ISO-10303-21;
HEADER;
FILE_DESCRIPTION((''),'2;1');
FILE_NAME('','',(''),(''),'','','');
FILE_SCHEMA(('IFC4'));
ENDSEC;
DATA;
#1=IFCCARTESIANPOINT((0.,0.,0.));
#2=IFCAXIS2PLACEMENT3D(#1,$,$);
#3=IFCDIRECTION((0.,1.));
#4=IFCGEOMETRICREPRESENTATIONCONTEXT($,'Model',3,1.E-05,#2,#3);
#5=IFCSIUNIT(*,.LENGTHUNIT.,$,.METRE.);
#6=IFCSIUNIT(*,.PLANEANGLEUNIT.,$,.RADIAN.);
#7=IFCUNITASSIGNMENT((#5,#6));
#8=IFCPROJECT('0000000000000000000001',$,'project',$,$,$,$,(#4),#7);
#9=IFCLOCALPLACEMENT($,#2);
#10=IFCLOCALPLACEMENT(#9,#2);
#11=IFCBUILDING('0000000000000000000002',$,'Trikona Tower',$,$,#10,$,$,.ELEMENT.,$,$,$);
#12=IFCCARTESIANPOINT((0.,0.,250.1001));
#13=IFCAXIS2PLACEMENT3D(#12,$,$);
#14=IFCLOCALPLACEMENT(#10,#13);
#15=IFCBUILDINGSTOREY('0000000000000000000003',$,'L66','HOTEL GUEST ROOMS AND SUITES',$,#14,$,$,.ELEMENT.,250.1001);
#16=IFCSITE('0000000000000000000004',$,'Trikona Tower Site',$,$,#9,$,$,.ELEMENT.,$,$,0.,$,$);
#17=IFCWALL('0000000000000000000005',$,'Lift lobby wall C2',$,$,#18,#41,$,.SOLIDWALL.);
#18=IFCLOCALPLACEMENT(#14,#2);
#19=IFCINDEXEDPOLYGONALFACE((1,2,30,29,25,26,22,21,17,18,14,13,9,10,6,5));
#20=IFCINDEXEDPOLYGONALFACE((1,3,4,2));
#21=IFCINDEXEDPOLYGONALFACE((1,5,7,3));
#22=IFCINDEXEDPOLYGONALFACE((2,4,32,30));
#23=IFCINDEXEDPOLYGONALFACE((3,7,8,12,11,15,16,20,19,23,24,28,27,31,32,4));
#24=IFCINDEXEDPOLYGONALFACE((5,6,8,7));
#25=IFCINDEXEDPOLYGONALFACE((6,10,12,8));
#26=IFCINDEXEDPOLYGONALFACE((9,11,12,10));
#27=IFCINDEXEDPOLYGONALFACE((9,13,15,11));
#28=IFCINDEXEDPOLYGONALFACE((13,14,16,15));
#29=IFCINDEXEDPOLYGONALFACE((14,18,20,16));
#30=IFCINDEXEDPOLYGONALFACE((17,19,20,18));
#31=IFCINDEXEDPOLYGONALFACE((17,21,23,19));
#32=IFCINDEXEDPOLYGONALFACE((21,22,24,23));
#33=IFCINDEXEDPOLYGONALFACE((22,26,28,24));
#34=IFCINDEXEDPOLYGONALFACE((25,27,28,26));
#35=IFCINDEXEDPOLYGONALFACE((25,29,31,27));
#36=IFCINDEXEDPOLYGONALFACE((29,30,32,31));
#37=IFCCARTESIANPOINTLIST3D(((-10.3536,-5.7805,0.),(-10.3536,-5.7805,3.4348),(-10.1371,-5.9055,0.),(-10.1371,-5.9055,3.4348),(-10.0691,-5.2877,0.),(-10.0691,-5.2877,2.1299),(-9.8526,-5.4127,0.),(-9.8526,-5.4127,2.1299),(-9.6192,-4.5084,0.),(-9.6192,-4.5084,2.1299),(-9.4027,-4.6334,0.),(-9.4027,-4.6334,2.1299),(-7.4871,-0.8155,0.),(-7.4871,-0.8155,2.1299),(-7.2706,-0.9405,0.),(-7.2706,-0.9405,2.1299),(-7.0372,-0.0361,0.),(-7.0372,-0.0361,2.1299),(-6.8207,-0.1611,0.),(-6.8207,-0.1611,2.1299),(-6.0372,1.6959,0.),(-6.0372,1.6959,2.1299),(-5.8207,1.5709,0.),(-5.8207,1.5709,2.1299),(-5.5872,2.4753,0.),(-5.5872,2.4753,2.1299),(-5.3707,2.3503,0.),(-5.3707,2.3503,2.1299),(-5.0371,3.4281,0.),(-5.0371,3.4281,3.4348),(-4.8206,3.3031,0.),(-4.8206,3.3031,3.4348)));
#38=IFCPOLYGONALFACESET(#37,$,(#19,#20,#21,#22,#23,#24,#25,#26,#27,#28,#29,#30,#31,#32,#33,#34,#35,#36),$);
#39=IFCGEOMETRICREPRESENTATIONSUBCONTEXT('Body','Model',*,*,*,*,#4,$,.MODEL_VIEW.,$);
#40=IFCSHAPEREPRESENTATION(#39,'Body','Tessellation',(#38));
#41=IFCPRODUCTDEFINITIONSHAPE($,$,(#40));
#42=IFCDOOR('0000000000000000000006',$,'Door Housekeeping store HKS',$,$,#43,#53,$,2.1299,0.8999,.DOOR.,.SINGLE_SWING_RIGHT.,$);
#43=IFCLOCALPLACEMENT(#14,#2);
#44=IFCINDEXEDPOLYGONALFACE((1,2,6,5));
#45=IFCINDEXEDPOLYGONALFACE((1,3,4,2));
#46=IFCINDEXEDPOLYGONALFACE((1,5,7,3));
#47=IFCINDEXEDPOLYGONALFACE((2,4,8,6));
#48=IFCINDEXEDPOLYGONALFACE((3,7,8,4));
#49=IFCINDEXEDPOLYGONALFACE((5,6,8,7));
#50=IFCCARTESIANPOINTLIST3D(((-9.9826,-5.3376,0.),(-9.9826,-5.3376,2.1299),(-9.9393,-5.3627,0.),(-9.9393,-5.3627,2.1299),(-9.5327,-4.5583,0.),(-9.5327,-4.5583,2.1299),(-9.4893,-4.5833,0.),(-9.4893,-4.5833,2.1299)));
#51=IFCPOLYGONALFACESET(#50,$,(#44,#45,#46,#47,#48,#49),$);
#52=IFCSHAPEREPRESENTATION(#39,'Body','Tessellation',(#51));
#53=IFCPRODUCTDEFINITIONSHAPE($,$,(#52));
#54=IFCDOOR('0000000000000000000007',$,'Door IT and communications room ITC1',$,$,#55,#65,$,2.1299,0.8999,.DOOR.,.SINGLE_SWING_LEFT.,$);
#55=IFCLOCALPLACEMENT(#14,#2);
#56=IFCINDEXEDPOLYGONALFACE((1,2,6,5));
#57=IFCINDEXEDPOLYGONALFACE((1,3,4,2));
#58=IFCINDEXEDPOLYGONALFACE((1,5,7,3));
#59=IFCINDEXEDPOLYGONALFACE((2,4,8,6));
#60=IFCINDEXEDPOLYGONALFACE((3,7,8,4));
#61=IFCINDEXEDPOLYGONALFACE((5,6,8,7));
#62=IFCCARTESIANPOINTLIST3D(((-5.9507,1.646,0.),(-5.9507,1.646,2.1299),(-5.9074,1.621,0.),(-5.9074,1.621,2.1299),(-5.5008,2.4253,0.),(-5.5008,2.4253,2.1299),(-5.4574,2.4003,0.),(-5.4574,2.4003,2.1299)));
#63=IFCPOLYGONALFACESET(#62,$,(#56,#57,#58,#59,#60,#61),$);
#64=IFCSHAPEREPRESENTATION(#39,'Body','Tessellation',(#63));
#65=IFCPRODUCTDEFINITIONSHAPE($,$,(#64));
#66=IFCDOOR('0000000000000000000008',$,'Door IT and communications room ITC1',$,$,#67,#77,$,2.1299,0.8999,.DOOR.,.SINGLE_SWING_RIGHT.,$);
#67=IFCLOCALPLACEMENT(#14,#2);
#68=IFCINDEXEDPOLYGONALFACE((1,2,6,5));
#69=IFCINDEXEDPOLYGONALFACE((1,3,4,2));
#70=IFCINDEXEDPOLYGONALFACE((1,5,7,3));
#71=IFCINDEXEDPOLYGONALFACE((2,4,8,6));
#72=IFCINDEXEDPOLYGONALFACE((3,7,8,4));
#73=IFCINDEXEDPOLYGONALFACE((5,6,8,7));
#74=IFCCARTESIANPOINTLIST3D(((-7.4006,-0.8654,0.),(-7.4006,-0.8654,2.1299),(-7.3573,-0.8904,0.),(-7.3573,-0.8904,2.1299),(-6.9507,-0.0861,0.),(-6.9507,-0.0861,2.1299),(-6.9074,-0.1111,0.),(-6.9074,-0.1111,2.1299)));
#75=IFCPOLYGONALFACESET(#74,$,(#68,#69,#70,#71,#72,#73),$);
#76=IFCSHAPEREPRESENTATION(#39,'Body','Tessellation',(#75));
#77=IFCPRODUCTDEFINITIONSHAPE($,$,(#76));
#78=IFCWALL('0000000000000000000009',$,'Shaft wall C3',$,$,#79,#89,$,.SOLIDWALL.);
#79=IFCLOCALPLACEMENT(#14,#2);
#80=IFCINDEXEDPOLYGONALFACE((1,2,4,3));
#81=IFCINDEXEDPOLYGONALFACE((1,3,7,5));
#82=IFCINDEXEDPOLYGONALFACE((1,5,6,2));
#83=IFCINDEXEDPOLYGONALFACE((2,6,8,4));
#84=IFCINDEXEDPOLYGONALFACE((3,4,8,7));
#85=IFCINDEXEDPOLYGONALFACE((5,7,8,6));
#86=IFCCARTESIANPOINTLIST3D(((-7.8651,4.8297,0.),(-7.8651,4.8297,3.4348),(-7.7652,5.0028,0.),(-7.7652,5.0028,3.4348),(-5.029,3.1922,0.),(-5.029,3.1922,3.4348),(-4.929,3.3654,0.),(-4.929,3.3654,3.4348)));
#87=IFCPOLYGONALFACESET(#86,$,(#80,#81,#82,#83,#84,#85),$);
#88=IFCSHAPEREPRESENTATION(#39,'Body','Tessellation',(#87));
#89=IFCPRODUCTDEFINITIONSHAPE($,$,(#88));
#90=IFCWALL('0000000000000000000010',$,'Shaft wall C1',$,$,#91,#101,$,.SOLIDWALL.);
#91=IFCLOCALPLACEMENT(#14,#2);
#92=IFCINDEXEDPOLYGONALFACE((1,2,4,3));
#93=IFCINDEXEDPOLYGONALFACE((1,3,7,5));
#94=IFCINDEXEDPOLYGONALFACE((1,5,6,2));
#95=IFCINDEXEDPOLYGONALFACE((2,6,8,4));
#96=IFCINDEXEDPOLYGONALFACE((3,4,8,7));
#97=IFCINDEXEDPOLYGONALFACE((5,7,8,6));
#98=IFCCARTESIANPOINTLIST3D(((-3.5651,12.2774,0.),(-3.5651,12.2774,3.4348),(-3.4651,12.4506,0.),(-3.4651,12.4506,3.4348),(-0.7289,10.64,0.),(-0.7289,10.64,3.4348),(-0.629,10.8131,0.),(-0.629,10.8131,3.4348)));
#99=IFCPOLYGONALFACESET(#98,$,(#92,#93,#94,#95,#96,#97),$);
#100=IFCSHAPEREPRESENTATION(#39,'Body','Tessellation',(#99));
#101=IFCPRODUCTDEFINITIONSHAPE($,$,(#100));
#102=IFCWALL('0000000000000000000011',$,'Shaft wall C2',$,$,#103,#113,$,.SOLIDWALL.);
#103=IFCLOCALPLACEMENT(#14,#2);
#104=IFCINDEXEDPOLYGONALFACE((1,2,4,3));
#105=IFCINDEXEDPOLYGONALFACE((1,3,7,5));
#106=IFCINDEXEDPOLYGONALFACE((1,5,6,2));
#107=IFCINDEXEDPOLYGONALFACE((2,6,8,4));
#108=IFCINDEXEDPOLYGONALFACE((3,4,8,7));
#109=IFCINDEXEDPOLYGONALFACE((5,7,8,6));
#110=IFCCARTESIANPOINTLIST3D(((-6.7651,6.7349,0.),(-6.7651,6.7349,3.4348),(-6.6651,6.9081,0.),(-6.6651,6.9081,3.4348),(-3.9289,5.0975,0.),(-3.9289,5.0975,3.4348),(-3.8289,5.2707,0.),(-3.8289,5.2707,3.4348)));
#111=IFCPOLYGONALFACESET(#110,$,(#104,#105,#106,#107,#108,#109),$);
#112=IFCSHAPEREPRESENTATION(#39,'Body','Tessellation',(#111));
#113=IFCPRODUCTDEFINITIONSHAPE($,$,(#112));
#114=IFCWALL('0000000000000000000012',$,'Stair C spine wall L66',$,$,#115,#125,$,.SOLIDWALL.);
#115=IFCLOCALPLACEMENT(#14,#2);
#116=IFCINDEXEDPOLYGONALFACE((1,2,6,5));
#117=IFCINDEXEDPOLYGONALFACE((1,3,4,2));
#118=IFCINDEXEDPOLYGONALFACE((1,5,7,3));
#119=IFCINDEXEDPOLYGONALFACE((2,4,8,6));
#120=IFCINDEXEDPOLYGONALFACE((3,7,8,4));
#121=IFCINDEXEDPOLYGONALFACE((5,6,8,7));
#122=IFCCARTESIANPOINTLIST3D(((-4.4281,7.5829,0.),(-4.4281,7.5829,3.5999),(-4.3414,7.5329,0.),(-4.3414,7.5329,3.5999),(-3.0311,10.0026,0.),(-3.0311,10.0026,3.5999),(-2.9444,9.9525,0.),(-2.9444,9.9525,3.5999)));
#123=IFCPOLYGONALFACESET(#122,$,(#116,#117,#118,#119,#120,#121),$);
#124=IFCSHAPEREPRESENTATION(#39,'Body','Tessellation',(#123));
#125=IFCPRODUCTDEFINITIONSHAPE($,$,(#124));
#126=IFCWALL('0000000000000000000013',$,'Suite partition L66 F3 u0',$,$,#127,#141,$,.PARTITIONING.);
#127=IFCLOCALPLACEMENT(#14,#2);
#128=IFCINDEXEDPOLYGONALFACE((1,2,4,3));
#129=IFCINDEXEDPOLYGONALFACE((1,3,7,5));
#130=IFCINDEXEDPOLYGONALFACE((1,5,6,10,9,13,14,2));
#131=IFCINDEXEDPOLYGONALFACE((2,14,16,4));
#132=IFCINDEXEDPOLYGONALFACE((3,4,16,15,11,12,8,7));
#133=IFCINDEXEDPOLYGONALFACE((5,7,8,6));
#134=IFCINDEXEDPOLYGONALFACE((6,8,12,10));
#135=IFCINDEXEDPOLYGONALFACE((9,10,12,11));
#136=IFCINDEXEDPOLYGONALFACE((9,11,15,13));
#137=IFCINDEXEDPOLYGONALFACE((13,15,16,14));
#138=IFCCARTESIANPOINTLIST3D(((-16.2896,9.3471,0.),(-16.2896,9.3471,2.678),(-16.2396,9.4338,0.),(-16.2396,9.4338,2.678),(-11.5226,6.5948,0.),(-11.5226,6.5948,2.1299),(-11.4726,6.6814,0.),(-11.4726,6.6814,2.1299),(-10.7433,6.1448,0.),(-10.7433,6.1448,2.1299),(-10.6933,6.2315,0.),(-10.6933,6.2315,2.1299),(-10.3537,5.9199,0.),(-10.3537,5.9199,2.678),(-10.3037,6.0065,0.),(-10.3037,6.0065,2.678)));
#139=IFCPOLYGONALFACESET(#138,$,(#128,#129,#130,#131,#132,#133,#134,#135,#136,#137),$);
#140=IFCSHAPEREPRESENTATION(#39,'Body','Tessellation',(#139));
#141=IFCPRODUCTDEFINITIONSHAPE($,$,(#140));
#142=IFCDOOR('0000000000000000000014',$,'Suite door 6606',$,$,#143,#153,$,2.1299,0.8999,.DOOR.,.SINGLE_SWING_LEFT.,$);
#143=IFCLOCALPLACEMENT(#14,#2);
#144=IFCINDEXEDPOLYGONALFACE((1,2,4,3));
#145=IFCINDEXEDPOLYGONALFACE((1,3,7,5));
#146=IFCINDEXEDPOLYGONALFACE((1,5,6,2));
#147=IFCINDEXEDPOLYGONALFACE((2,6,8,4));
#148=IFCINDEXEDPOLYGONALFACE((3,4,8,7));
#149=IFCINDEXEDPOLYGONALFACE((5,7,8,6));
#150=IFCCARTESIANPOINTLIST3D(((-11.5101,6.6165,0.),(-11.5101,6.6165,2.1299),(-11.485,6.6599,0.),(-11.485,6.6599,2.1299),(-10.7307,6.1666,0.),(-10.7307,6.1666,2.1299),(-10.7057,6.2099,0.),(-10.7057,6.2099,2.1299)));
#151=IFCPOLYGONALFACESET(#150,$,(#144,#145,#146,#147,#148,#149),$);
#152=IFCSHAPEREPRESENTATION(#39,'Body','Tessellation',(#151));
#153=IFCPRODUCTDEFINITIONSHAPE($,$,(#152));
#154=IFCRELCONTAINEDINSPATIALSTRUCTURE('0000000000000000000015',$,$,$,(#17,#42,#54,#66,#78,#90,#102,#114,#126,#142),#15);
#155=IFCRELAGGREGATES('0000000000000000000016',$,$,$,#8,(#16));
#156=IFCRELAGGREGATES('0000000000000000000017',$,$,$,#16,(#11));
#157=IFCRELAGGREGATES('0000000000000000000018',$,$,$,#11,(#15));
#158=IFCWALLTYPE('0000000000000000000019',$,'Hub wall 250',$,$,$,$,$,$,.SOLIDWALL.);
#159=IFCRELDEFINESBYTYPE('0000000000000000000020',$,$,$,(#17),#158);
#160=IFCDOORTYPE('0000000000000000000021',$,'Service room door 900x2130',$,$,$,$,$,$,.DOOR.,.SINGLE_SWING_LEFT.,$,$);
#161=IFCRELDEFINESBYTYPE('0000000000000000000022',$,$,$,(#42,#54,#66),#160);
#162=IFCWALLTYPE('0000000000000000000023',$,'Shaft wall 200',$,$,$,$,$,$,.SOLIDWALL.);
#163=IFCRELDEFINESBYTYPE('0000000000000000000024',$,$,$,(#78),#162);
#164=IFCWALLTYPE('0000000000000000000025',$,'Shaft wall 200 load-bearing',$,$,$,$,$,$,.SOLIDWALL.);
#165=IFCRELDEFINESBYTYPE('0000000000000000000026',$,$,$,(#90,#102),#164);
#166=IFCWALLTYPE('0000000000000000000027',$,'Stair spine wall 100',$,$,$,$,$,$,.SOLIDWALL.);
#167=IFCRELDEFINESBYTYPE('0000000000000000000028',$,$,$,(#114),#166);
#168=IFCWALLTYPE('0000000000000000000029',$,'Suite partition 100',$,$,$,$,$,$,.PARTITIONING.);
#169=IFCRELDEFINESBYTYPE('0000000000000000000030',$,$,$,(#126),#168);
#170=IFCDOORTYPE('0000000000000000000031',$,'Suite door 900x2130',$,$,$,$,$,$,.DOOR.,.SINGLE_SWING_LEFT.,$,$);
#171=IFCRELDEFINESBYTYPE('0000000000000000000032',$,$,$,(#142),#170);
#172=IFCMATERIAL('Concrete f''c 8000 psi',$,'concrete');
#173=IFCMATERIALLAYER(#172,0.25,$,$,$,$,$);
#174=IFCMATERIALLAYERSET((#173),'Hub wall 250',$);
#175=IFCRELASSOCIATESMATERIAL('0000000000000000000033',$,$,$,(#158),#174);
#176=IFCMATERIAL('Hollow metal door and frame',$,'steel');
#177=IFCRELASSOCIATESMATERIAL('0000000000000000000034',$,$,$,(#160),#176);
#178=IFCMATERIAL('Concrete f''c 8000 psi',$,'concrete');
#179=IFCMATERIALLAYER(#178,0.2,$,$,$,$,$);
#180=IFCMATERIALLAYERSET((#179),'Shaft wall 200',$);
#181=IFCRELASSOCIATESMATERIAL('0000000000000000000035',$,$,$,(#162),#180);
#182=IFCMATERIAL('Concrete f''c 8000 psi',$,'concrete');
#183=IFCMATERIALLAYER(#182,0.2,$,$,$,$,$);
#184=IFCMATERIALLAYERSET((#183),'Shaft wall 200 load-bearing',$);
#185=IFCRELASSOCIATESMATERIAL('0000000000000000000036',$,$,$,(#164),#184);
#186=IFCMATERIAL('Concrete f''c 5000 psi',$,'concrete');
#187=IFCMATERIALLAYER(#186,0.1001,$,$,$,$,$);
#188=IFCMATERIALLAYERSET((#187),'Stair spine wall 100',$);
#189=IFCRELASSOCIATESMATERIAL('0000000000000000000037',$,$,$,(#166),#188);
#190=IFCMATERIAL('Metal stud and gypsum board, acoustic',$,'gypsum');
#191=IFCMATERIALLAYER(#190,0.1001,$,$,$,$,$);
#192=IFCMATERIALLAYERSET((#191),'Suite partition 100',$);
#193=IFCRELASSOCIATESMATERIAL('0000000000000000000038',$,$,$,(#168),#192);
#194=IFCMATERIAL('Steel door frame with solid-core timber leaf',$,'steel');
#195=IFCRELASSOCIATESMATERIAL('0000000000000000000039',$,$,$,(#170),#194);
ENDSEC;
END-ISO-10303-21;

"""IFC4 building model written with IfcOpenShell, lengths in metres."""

from ifc_helpers import new_model, si_unit, direction, frame, frame_2d, origin, place, context, subcontext, project, spatial, rectangle, extrude, material, layer, layer_set, type_object, element, fill, save


model = new_model("IFC4")

# Units and contexts
model_context = context("Model", 3, precision=1e-05, world=origin(), true_north=direction((0.0, 1.0)))
body_context = subcontext(model_context, "Body", "Model", "MODEL_VIEW")
ifc_project = project(units=[si_unit("LENGTHUNIT", "METRE"), si_unit("PLANEANGLEUNIT", "RADIAN")], contexts=[model_context])

# Site, building, storey
site_placement = place(None, origin())
site = spatial("IfcSite", under=ifc_project, at=site_placement, Name="Trikona Tower Site", CompositionType="ELEMENT", RefElevation=0.0)
building_placement = place(site_placement, origin())
building = spatial("IfcBuilding", under=site, at=building_placement, Name="Trikona Tower", CompositionType="ELEMENT")
storey_placement = place(building_placement, frame((0.0, 0.0, 250.1001)))
storey = spatial("IfcBuildingStorey", under=building, at=storey_placement, Name="L66", Description="HOTEL GUEST ROOMS AND SUITES", CompositionType="ELEMENT", Elevation=250.1001)

# Wall, openings, doors
ifc_material_1 = material(Name="Concrete f'c 8000 psi", Category="concrete")
ifc_layer_1 = layer(ifc_material_1, 0.25)
ifc_layer_set_1 = layer_set([ifc_layer_1], Name="Hub wall 250")
wall_type_1 = type_object("IfcWallType", Name="Hub wall 250", PredefinedType="SOLIDWALL", material=ifc_layer_set_1)
wall_1_placement = place(storey_placement, frame((-4.929, 3.3655, 0.0), z_axis=(0.0, 0.0, 1.0), x_axis=(-0.499991, -0.86603, 0.0)))
wall_1 = element("IfcWall", 1, at=wall_1_placement, inside=storey, type_object=wall_type_1, Name="Lift lobby wall C2", PredefinedType="SOLIDWALL", context=body_context, shape_type="SweptSolid", body=[
    extrude(rectangle(XDim=10.6331, YDim=0.25, at=frame_2d((5.3164, 0.0))), origin(), (0.0, 0.0, 1.0), 3.4348),
])
opening_1_placement = place(wall_1_placement, frame((9.1641, 0.0, 0.0)))
opening_1 = element("IfcOpeningElement", 2, at=opening_1_placement, cuts=wall_1, PredefinedType="OPENING", context=body_context, shape_type="SweptSolid", body=[
    extrude(rectangle(XDim=0.8999, YDim=2.1299, at=frame_2d((0.45, 1.0649))), frame((0.0, 0.135, 0.0), z_axis=(0.0, -1.0, 0.0), x_axis=(1.0, 0.0, 0.0)), (0.0, 0.0, 1.0), 0.27),
])
opening_2_placement = place(wall_1_placement, frame((1.1001, 0.0, 0.0)))
opening_2 = element("IfcOpeningElement", 3, at=opening_2_placement, cuts=wall_1, PredefinedType="OPENING", context=body_context, shape_type="SweptSolid", body=[
    extrude(rectangle(XDim=0.8999, YDim=2.1299, at=frame_2d((0.45, 1.0649))), frame((0.0, 0.135, 0.0), z_axis=(0.0, -1.0, 0.0), x_axis=(1.0, 0.0, 0.0)), (0.0, 0.0, 1.0), 0.27),
])
opening_3_placement = place(wall_1_placement, frame((4.0, 0.0, 0.0)))
opening_3 = element("IfcOpeningElement", 4, at=opening_3_placement, cuts=wall_1, PredefinedType="OPENING", context=body_context, shape_type="SweptSolid", body=[
    extrude(rectangle(XDim=0.8999, YDim=2.1299, at=frame_2d((0.45, 1.0649))), frame((0.0, 0.135, 0.0), z_axis=(0.0, -1.0, 0.0), x_axis=(1.0, 0.0, 0.0)), (0.0, 0.0, 1.0), 0.27),
])
ifc_material_2 = material(Name="Hollow metal door and frame", Category="steel")
door_type_1 = type_object("IfcDoorType", Name="Service room door 900x2130", OperationType="SINGLE_SWING_LEFT", PredefinedType="DOOR", material=ifc_material_2)
door_1_placement = place(opening_1_placement, origin())
door_1 = element("IfcDoor", 5, at=door_1_placement, inside=storey, type_object=door_type_1, Name="Door Housekeeping store HKS", OperationType="SINGLE_SWING_RIGHT", OverallHeight=2.1299, OverallWidth=0.8999, PredefinedType="DOOR", context=body_context, shape_type="SweptSolid", body=[
    extrude(rectangle(XDim=0.8999, YDim=2.1299, at=frame_2d((0.45, 1.0649))), frame((0.0, 0.0249, 0.0), z_axis=(0.0, -1.0, 0.0), x_axis=(1.0, 0.0, 0.0)), (0.0, 0.0, 1.0), 0.05),
])
fill(opening_1, door_1)
door_2_placement = place(opening_2_placement, origin())
door_2 = element("IfcDoor", 6, at=door_2_placement, inside=storey, type_object=door_type_1, Name="Door IT and communications room ITC1", OperationType="SINGLE_SWING_LEFT", OverallHeight=2.1299, OverallWidth=0.8999, PredefinedType="DOOR", context=body_context, shape_type="SweptSolid", body=[
    extrude(rectangle(XDim=0.8999, YDim=2.1299, at=frame_2d((0.45, 1.0649))), frame((0.0, 0.0249, 0.0), z_axis=(0.0, -1.0, 0.0), x_axis=(1.0, 0.0, 0.0)), (0.0, 0.0, 1.0), 0.05),
])
fill(opening_2, door_2)
door_3_placement = place(opening_3_placement, origin())
door_3 = element("IfcDoor", 7, at=door_3_placement, inside=storey, type_object=door_type_1, Name="Door IT and communications room ITC1", OperationType="SINGLE_SWING_RIGHT", OverallHeight=2.1299, OverallWidth=0.8999, PredefinedType="DOOR", context=body_context, shape_type="SweptSolid", body=[
    extrude(rectangle(XDim=0.8999, YDim=2.1299, at=frame_2d((0.45, 1.0649))), frame((0.0, 0.0249, 0.0), z_axis=(0.0, -1.0, 0.0), x_axis=(1.0, 0.0, 0.0)), (0.0, 0.0, 1.0), 0.05),
])
fill(opening_3, door_3)

# Walls
ifc_material_3 = material(Name="Concrete f'c 8000 psi", Category="concrete")
ifc_layer_2 = layer(ifc_material_3, 0.2)
ifc_layer_set_2 = layer_set([ifc_layer_2], Name="Shaft wall 200")
wall_type_2 = type_object("IfcWallType", Name="Shaft wall 200", PredefinedType="SOLIDWALL", material=ifc_layer_set_2)
wall_2_placement = place(storey_placement, frame((-4.979, 3.2788, 0.0), z_axis=(0.0, 0.0, 1.0), x_axis=(-0.866028, 0.499996, 0.0)))
element("IfcWall", 8, at=wall_2_placement, inside=storey, type_object=wall_type_2, Name="Shaft wall C3", PredefinedType="SOLIDWALL", context=body_context, shape_type="SweptSolid", body=[
    extrude(rectangle(XDim=3.2749, YDim=0.2, at=frame_2d((1.6375, 0.0))), origin(), (0.0, 0.0, 1.0), 3.4348),
])
ifc_material_4 = material(Name="Concrete f'c 8000 psi", Category="concrete")
ifc_layer_3 = layer(ifc_material_4, 0.2)
ifc_layer_set_3 = layer_set([ifc_layer_3], Name="Shaft wall 200 load-bearing")
wall_type_3 = type_object("IfcWallType", Name="Shaft wall 200 load-bearing", PredefinedType="SOLIDWALL", material=ifc_layer_set_3)
for number, where, z_axis, x_axis, name in (
    (9, (-0.679, 10.7266, 0.0), (0.0, 0.0, 1.0), (-0.866028, 0.499996, 0.0), "Shaft wall C1"),
    (10, (-3.8789, 5.1841, 0.0), (0.0, 0.0, 1.0), (-0.866028, 0.499996, 0.0), "Shaft wall C2"),
):
    element("IfcWall", number, at=place(storey_placement, frame(where, z_axis=z_axis, x_axis=x_axis)), inside=storey, type_object=wall_type_3, Name=name, PredefinedType="SOLIDWALL", context=body_context, shape_type="SweptSolid", body=[
        extrude(rectangle(XDim=3.2749, YDim=0.2, at=frame_2d((1.6375, 0.0))), origin(), (0.0, 0.0, 1.0), 3.4348),
    ])
ifc_material_5 = material(Name="Concrete f'c 5000 psi", Category="concrete")
ifc_layer_4 = layer(ifc_material_5, 0.1001)
ifc_layer_set_4 = layer_set([ifc_layer_4], Name="Stair spine wall 100")
wall_type_4 = type_object("IfcWallType", Name="Stair spine wall 100", PredefinedType="SOLIDWALL", material=ifc_layer_set_4)
wall_3_placement = place(storey_placement, frame((-2.9878, 9.9775, 0.0), z_axis=(0.0, 0.0, 1.0), x_axis=(-0.499992, -0.86603, 0.0)))
element("IfcWall", 11, at=wall_3_placement, inside=storey, type_object=wall_type_4, Name="Stair C spine wall L66", PredefinedType="SOLIDWALL", context=body_context, shape_type="SweptSolid", body=[
    extrude(rectangle(XDim=2.7939, YDim=0.1001, at=frame_2d((1.397, 0.0))), origin(), (0.0, 0.0, 1.0), 3.5999),
])

# Wall, opening, door
ifc_material_6 = material(Name="Metal stud and gypsum board, acoustic", Category="gypsum")
ifc_layer_5 = layer(ifc_material_6, 0.1001)
ifc_layer_set_5 = layer_set([ifc_layer_5], Name="Suite partition 100")
wall_type_5 = type_object("IfcWallType", Name="Suite partition 100", PredefinedType="PARTITIONING", material=ifc_layer_set_5)
wall_4_placement = place(storey_placement, frame((-10.3286, 5.9631, 0.0), z_axis=(0.0, 0.0, 1.0), x_axis=(-0.866012, 0.500024, 0.0)))
wall_4 = element("IfcWall", 12, at=wall_4_placement, inside=storey, type_object=wall_type_5, Name="Suite partition L66 F3 u0", PredefinedType="PARTITIONING", context=body_context, shape_type="SweptSolid", body=[
    extrude(rectangle(XDim=6.8542, YDim=0.1001, at=frame_2d((3.4272, 0.0))), origin(), (0.0, 0.0, 1.0), 2.678),
])
opening_4_placement = place(wall_4_placement, frame((0.45, 0.0, 0.0)))
opening_4 = element("IfcOpeningElement", 13, at=opening_4_placement, cuts=wall_4, PredefinedType="OPENING", context=body_context, shape_type="SweptSolid", body=[
    extrude(rectangle(XDim=0.8999, YDim=2.1299, at=frame_2d((0.45, 1.0649))), frame((0.0, 0.0601, 0.0), z_axis=(0.0, -1.0, 0.0), x_axis=(1.0, 0.0, 0.0)), (0.0, 0.0, 1.0), 0.1201),
])
ifc_material_7 = material(Name="Steel door frame with solid-core timber leaf", Category="steel")
door_type_2 = type_object("IfcDoorType", Name="Suite door 900x2130", OperationType="SINGLE_SWING_LEFT", PredefinedType="DOOR", material=ifc_material_7)
door_4_placement = place(opening_4_placement, origin())
door_4 = element("IfcDoor", 14, at=door_4_placement, inside=storey, type_object=door_type_2, Name="Suite door 6606", OperationType="SINGLE_SWING_LEFT", OverallHeight=2.1299, OverallWidth=0.8999, PredefinedType="DOOR", context=body_context, shape_type="SweptSolid", body=[
    extrude(rectangle(XDim=0.8999, YDim=2.1299, at=frame_2d((0.45, 1.0649))), frame((0.0, 0.0249, 0.0), z_axis=(0.0, -1.0, 0.0), x_axis=(1.0, 0.0, 0.0)), (0.0, 0.0, 1.0), 0.05),
])
fill(opening_4, door_4)

save(model, "model.ifc")
